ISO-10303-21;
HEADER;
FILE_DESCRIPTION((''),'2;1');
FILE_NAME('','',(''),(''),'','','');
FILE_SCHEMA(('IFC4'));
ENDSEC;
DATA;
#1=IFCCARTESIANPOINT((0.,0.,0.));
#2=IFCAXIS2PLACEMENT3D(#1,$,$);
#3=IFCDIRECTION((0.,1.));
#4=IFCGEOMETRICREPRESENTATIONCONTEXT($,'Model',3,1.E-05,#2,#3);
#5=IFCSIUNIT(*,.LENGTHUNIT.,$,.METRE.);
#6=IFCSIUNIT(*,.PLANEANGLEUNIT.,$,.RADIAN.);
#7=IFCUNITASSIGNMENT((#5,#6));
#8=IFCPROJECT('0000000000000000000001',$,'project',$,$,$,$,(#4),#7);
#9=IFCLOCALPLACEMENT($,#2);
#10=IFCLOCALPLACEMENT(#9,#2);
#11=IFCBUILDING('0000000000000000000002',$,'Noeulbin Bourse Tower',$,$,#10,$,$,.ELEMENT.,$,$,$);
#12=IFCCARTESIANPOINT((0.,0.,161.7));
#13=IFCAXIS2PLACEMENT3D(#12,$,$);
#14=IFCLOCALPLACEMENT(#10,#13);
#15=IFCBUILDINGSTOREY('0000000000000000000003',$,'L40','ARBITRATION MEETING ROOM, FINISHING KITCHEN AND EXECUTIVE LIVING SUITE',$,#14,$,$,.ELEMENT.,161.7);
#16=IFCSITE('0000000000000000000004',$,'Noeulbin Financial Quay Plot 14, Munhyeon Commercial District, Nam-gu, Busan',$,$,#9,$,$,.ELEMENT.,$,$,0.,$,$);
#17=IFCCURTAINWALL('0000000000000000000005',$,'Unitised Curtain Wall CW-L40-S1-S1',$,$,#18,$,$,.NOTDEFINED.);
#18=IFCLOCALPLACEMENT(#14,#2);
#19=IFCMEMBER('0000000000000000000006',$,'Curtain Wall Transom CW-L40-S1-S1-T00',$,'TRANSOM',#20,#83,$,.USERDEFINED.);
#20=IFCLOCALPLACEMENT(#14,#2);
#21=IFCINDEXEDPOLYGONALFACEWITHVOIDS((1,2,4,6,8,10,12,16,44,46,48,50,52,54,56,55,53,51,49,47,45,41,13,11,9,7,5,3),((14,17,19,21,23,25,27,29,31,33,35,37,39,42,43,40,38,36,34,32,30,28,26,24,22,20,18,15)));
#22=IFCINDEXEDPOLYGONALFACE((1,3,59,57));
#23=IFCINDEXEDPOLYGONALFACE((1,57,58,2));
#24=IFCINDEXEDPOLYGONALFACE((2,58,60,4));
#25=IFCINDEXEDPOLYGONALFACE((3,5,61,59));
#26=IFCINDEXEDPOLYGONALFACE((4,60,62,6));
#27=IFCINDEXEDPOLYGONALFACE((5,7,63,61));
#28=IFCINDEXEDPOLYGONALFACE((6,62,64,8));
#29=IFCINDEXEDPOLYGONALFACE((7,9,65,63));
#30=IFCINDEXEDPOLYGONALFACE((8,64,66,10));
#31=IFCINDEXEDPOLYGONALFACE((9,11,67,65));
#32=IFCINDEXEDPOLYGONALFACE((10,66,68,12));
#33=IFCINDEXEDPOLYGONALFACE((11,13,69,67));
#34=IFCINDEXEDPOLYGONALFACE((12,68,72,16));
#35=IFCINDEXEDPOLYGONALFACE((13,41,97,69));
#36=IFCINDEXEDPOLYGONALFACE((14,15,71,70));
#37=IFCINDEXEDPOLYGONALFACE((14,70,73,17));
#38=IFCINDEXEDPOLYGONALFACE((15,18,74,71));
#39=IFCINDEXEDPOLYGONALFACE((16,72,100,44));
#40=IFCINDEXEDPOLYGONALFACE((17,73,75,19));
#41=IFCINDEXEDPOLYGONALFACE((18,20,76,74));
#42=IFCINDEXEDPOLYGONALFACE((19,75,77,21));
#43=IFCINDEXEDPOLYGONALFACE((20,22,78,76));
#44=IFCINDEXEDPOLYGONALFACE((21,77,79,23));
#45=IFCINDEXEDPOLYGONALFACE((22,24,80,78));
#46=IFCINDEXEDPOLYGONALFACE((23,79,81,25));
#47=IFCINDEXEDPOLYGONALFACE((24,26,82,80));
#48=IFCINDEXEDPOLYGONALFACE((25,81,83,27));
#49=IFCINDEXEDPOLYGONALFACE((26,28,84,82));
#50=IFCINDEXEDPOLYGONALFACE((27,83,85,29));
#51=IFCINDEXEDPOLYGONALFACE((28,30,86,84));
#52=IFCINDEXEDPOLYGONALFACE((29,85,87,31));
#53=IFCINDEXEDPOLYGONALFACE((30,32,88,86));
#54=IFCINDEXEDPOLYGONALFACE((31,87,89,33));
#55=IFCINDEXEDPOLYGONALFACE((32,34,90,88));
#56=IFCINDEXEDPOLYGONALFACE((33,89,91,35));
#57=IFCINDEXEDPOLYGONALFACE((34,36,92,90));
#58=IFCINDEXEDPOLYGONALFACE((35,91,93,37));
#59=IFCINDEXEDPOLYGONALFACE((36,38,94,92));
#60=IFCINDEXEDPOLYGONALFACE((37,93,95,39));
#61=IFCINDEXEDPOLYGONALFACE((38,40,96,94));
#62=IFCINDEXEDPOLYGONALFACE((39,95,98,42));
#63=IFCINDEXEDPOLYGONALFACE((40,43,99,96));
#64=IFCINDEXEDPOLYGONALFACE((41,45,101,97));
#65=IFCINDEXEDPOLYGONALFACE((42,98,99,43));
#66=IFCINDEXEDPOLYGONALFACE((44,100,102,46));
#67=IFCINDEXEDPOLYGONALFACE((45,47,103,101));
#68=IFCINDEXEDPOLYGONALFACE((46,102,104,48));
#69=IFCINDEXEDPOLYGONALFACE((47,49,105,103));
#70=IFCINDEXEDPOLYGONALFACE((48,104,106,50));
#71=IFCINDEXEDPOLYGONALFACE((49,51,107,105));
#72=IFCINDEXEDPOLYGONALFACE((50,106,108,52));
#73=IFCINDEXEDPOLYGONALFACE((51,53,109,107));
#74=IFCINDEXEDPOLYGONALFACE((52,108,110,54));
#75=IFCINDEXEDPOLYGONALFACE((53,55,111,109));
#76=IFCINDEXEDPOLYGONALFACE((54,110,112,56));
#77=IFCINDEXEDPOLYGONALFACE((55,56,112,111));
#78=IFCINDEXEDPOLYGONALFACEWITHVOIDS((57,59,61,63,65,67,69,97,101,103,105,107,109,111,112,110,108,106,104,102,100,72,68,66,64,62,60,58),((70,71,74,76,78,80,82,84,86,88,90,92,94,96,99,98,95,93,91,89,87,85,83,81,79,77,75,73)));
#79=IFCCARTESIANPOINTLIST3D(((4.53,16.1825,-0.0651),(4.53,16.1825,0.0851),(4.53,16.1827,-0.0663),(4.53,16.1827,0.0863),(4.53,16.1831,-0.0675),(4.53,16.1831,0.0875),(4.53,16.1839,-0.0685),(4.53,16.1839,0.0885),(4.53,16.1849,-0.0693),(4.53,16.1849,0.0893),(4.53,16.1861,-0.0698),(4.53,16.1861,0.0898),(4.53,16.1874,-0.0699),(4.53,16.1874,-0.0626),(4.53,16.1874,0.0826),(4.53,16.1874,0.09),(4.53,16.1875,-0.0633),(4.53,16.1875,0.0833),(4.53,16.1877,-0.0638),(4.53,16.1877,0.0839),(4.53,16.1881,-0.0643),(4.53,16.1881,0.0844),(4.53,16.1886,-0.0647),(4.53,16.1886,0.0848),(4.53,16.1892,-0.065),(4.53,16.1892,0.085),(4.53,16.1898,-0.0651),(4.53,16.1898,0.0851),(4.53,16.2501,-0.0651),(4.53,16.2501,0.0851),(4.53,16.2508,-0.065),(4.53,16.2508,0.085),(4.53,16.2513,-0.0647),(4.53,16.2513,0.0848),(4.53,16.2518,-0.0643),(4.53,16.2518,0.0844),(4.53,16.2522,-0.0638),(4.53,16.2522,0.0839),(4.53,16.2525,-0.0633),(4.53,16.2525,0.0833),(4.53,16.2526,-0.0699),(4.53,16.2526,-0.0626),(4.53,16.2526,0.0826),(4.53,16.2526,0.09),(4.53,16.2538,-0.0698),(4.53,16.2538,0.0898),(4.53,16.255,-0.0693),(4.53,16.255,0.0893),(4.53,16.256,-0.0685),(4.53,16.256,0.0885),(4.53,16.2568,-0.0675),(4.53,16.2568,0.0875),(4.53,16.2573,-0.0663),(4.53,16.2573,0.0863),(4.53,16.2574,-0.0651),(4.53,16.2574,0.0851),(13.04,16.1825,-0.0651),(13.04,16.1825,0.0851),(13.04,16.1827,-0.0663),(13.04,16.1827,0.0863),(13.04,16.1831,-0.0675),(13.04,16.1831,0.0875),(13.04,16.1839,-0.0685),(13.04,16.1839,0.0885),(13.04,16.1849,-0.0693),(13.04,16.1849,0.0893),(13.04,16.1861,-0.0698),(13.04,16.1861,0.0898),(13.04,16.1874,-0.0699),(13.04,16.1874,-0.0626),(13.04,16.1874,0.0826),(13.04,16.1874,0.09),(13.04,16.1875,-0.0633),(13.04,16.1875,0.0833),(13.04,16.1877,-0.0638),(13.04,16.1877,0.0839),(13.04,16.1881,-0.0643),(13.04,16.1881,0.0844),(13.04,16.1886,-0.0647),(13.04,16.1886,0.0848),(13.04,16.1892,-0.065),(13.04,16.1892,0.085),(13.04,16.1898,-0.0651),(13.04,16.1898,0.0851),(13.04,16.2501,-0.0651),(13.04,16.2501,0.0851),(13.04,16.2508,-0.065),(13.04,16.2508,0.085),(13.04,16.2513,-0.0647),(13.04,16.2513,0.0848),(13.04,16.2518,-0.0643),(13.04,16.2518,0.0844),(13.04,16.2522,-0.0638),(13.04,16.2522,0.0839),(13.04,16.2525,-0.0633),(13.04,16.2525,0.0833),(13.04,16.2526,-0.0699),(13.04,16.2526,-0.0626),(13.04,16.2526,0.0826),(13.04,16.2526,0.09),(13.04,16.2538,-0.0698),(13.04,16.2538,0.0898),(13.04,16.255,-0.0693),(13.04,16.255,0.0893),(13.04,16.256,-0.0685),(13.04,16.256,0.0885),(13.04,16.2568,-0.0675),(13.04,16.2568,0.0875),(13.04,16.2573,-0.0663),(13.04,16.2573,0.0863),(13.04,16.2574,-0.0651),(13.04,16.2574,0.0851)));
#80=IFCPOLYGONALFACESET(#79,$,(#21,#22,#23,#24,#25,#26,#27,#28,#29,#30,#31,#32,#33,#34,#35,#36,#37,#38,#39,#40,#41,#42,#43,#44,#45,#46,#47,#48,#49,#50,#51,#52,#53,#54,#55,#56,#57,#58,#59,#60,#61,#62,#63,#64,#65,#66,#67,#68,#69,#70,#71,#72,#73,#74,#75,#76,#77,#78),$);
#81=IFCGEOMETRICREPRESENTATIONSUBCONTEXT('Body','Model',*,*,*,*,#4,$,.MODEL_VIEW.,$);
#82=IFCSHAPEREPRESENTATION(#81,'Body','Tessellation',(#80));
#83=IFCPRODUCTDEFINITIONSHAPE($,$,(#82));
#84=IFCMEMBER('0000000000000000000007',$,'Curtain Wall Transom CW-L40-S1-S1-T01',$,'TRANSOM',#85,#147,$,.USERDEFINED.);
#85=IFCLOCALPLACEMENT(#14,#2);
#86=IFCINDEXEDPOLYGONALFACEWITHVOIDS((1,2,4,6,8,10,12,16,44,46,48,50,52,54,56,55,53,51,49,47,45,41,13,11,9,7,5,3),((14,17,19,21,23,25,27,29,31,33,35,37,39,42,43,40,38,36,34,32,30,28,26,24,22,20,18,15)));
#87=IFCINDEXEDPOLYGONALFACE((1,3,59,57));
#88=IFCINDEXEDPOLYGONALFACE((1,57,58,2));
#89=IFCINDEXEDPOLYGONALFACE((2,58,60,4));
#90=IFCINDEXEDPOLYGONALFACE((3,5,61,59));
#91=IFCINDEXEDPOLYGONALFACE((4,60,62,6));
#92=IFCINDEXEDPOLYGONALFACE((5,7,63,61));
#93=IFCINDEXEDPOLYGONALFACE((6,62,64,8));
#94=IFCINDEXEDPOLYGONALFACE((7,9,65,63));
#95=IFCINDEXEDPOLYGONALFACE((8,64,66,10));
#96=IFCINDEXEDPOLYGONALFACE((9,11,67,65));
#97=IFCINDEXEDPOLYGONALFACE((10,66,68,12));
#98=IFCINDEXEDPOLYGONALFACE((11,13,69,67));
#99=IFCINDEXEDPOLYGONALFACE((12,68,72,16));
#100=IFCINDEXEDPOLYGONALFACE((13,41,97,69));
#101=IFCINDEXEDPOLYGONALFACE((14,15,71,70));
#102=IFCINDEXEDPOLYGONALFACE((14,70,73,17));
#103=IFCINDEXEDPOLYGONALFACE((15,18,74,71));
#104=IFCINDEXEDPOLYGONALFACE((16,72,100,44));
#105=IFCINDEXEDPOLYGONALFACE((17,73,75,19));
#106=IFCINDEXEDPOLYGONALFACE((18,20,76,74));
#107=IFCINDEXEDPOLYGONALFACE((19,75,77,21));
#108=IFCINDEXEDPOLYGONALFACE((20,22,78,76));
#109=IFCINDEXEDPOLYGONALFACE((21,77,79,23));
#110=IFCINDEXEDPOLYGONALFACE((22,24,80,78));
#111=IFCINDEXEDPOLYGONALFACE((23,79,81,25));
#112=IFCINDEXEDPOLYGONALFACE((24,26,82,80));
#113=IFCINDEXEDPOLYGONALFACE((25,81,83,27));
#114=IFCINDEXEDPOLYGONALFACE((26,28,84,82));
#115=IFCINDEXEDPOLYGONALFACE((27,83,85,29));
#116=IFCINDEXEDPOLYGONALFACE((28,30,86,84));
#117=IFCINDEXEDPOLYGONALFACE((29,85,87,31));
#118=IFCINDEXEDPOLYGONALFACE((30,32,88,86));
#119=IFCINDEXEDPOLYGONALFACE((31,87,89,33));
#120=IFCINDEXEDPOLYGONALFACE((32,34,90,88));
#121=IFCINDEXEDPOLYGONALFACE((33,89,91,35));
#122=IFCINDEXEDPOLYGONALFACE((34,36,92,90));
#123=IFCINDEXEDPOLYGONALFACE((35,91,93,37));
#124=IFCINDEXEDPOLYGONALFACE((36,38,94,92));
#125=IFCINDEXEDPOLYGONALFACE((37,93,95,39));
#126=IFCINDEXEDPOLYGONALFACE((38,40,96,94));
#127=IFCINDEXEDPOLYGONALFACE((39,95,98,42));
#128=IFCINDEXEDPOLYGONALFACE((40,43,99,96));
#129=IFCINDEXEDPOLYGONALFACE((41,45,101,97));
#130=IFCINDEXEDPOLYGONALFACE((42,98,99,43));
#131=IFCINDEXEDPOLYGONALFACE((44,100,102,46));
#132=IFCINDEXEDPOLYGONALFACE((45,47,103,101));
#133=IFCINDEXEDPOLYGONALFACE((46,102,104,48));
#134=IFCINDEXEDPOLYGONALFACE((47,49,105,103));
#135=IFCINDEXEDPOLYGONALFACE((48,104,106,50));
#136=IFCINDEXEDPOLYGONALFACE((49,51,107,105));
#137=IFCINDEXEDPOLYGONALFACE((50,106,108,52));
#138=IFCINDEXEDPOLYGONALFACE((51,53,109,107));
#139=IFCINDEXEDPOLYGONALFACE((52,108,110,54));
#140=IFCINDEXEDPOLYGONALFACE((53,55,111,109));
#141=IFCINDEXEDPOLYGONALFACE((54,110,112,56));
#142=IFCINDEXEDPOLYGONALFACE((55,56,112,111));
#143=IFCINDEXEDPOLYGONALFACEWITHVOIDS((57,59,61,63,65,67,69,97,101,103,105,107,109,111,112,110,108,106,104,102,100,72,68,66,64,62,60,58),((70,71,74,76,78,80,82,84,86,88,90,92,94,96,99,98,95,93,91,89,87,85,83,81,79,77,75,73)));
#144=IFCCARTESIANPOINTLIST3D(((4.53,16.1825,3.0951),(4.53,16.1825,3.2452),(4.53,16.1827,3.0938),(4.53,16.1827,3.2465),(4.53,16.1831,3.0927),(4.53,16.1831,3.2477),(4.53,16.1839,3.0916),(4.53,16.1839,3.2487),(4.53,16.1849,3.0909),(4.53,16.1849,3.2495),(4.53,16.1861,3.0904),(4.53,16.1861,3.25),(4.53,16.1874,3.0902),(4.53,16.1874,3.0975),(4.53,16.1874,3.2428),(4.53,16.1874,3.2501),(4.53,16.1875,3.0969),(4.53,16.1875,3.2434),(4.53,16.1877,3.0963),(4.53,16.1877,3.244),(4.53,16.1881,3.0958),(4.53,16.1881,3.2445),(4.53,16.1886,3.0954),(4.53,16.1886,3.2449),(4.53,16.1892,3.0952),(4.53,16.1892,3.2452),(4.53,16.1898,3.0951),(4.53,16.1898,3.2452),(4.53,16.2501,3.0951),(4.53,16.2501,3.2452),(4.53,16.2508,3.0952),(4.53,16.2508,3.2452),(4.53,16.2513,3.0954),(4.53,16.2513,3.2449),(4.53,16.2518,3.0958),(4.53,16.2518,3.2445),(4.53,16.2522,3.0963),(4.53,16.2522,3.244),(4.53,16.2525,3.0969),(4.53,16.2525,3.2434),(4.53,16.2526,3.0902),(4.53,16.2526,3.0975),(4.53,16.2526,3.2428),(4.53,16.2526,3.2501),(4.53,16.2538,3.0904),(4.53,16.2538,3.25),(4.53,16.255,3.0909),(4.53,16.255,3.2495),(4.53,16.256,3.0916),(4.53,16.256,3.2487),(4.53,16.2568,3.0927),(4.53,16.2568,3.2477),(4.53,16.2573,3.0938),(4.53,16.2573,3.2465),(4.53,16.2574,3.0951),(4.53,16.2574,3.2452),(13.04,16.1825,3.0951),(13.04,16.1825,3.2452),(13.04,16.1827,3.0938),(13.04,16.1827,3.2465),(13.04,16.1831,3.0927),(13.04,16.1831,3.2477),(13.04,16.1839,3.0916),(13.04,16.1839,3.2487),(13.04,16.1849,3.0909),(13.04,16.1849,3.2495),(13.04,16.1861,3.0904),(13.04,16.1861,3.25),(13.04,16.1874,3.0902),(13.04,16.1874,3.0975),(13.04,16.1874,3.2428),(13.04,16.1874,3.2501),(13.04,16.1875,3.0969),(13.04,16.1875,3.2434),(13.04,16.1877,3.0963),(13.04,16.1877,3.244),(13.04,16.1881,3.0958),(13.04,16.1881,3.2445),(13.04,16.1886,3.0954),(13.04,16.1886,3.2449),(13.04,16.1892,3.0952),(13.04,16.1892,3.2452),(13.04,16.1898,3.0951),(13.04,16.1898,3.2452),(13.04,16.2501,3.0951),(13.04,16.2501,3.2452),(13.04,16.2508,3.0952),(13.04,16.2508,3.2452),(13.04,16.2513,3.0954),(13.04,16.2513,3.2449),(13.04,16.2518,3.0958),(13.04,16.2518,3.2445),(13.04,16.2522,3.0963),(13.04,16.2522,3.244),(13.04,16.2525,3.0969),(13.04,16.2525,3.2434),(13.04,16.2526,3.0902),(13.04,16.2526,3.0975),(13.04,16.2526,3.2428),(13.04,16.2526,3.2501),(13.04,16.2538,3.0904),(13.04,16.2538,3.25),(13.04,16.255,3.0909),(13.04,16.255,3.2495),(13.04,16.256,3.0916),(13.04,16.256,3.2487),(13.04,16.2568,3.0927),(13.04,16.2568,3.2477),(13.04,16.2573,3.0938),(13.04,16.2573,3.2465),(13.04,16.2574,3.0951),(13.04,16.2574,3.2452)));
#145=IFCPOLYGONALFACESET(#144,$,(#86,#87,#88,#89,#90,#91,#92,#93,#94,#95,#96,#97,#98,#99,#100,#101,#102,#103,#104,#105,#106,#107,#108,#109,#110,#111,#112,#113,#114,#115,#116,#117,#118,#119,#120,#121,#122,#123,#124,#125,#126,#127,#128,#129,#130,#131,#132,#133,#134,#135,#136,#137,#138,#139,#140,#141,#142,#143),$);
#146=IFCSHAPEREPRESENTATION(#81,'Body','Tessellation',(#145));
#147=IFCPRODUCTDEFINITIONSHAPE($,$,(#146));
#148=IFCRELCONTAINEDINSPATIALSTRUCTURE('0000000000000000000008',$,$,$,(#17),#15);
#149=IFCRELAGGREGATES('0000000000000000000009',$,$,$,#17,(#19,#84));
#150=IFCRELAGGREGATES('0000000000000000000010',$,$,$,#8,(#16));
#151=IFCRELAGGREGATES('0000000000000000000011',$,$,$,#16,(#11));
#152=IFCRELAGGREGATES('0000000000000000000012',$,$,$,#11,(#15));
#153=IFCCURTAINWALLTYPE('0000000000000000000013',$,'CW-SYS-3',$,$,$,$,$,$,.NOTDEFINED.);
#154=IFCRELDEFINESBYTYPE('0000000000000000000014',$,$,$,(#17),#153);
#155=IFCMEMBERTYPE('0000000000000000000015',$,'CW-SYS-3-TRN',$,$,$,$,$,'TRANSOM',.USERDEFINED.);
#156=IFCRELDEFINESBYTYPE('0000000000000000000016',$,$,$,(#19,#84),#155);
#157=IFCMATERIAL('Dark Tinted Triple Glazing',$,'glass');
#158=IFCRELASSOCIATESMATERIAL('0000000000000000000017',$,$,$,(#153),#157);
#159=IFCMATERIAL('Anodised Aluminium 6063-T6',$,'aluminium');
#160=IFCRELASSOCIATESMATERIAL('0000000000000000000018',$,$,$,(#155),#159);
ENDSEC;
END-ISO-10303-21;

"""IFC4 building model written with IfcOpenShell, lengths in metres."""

from ifc_helpers import new_model, si_unit, direction, frame, origin, origin_2d, place, context, subcontext, project, spatial, hollow_rectangle, extrude, material, material_profile, profile_set, type_object, element, aggregate, save


model = new_model("IFC4")

# Units and contexts
model_context = context("Model", 3, precision=1e-05, world=origin(), true_north=direction((0.0, 1.0)))
body_context = subcontext(model_context, "Body", "Model", "MODEL_VIEW")
ifc_project = project(units=[si_unit("LENGTHUNIT", "METRE"), si_unit("PLANEANGLEUNIT", "RADIAN")], contexts=[model_context])

# Site, building, storey
site_placement = place(None, origin())
site = spatial("IfcSite", under=ifc_project, at=site_placement, Name="Noeulbin Financial Quay Plot 14, Munhyeon Commercial District, Nam-gu, Busan", CompositionType="ELEMENT", RefElevation=0.0)
building_placement = place(site_placement, origin())
building = spatial("IfcBuilding", under=site, at=building_placement, Name="Noeulbin Bourse Tower", CompositionType="ELEMENT")
storey_placement = place(building_placement, frame((0.0, 0.0, 161.7)))
storey = spatial("IfcBuildingStorey", under=building, at=storey_placement, Name="L40", Description="ARBITRATION MEETING ROOM, FINISHING KITCHEN AND EXECUTIVE LIVING SUITE", CompositionType="ELEMENT", Elevation=161.7)

# Curtain wall
ifc_material_1 = material(Name="Dark Tinted Triple Glazing", Category="glass")
curtain_wall_type = type_object("IfcCurtainWallType", Name="CW-SYS-3", PredefinedType="NOTDEFINED", material=ifc_material_1)
curtain_wall_1_placement = place(storey_placement, origin())
curtain_wall_1 = element("IfcCurtainWall", 1, at=curtain_wall_1_placement, inside=storey, type_object=curtain_wall_type, Name="Unitised Curtain Wall CW-L40-S1-S1", PredefinedType="NOTDEFINED")
ifc_material_2 = material(Name="Anodised Aluminium 6063-T6", Category="aluminium")

# Members
ifc_material_profile_1 = material_profile(ifc_material_2, hollow_rectangle(XDim=0.075, YDim=0.1599, WallThickness=0.0049, InnerFilletRadius=0.0024, OuterFilletRadius=0.0049, at=origin_2d()), Name="ALU-TRAN-75x160x5", Category="LoadBearing")
ifc_profile_set_1 = profile_set([ifc_material_profile_1], Name="Anodised Aluminium 6063-T6")
member_type_1 = type_object("IfcMemberType", Name="CW-SYS-3-TRN", ElementType="TRANSOM", PredefinedType="USERDEFINED", material=ifc_profile_set_1)
member_1_placement = place(storey_placement, frame((4.53, 16.22, 0.01), z_axis=(1.0, 0.0, 0.0), x_axis=(0.0, 1.0, 0.0)))
member_1 = element("IfcMember", 2, at=member_1_placement, type_object=member_type_1, Name="Curtain Wall Transom CW-L40-S1-S1-T00", ObjectType="TRANSOM", PredefinedType="USERDEFINED", context=body_context, shape_type="SweptSolid", body=[
    extrude(hollow_rectangle(XDim=0.075, YDim=0.1599, WallThickness=0.0049, InnerFilletRadius=0.0024, OuterFilletRadius=0.0049, at=origin_2d()), origin(), (0.0, 0.0, 1.0), 8.51),
])
member_2_placement = place(storey_placement, frame((4.53, 16.22, 3.1702), z_axis=(1.0, 0.0, 0.0), x_axis=(0.0, 1.0, 0.0)))
member_2 = element("IfcMember", 3, at=member_2_placement, type_object=member_type_1, Name="Curtain Wall Transom CW-L40-S1-S1-T01", ObjectType="TRANSOM", PredefinedType="USERDEFINED", context=body_context, shape_type="SweptSolid", body=[
    extrude(hollow_rectangle(XDim=0.075, YDim=0.1599, WallThickness=0.0049, InnerFilletRadius=0.0024, OuterFilletRadius=0.0049, at=origin_2d()), origin(), (0.0, 0.0, 1.0), 8.51),
])

aggregate(curtain_wall_1, [member_1, member_2])

save(model, "model.ifc")
